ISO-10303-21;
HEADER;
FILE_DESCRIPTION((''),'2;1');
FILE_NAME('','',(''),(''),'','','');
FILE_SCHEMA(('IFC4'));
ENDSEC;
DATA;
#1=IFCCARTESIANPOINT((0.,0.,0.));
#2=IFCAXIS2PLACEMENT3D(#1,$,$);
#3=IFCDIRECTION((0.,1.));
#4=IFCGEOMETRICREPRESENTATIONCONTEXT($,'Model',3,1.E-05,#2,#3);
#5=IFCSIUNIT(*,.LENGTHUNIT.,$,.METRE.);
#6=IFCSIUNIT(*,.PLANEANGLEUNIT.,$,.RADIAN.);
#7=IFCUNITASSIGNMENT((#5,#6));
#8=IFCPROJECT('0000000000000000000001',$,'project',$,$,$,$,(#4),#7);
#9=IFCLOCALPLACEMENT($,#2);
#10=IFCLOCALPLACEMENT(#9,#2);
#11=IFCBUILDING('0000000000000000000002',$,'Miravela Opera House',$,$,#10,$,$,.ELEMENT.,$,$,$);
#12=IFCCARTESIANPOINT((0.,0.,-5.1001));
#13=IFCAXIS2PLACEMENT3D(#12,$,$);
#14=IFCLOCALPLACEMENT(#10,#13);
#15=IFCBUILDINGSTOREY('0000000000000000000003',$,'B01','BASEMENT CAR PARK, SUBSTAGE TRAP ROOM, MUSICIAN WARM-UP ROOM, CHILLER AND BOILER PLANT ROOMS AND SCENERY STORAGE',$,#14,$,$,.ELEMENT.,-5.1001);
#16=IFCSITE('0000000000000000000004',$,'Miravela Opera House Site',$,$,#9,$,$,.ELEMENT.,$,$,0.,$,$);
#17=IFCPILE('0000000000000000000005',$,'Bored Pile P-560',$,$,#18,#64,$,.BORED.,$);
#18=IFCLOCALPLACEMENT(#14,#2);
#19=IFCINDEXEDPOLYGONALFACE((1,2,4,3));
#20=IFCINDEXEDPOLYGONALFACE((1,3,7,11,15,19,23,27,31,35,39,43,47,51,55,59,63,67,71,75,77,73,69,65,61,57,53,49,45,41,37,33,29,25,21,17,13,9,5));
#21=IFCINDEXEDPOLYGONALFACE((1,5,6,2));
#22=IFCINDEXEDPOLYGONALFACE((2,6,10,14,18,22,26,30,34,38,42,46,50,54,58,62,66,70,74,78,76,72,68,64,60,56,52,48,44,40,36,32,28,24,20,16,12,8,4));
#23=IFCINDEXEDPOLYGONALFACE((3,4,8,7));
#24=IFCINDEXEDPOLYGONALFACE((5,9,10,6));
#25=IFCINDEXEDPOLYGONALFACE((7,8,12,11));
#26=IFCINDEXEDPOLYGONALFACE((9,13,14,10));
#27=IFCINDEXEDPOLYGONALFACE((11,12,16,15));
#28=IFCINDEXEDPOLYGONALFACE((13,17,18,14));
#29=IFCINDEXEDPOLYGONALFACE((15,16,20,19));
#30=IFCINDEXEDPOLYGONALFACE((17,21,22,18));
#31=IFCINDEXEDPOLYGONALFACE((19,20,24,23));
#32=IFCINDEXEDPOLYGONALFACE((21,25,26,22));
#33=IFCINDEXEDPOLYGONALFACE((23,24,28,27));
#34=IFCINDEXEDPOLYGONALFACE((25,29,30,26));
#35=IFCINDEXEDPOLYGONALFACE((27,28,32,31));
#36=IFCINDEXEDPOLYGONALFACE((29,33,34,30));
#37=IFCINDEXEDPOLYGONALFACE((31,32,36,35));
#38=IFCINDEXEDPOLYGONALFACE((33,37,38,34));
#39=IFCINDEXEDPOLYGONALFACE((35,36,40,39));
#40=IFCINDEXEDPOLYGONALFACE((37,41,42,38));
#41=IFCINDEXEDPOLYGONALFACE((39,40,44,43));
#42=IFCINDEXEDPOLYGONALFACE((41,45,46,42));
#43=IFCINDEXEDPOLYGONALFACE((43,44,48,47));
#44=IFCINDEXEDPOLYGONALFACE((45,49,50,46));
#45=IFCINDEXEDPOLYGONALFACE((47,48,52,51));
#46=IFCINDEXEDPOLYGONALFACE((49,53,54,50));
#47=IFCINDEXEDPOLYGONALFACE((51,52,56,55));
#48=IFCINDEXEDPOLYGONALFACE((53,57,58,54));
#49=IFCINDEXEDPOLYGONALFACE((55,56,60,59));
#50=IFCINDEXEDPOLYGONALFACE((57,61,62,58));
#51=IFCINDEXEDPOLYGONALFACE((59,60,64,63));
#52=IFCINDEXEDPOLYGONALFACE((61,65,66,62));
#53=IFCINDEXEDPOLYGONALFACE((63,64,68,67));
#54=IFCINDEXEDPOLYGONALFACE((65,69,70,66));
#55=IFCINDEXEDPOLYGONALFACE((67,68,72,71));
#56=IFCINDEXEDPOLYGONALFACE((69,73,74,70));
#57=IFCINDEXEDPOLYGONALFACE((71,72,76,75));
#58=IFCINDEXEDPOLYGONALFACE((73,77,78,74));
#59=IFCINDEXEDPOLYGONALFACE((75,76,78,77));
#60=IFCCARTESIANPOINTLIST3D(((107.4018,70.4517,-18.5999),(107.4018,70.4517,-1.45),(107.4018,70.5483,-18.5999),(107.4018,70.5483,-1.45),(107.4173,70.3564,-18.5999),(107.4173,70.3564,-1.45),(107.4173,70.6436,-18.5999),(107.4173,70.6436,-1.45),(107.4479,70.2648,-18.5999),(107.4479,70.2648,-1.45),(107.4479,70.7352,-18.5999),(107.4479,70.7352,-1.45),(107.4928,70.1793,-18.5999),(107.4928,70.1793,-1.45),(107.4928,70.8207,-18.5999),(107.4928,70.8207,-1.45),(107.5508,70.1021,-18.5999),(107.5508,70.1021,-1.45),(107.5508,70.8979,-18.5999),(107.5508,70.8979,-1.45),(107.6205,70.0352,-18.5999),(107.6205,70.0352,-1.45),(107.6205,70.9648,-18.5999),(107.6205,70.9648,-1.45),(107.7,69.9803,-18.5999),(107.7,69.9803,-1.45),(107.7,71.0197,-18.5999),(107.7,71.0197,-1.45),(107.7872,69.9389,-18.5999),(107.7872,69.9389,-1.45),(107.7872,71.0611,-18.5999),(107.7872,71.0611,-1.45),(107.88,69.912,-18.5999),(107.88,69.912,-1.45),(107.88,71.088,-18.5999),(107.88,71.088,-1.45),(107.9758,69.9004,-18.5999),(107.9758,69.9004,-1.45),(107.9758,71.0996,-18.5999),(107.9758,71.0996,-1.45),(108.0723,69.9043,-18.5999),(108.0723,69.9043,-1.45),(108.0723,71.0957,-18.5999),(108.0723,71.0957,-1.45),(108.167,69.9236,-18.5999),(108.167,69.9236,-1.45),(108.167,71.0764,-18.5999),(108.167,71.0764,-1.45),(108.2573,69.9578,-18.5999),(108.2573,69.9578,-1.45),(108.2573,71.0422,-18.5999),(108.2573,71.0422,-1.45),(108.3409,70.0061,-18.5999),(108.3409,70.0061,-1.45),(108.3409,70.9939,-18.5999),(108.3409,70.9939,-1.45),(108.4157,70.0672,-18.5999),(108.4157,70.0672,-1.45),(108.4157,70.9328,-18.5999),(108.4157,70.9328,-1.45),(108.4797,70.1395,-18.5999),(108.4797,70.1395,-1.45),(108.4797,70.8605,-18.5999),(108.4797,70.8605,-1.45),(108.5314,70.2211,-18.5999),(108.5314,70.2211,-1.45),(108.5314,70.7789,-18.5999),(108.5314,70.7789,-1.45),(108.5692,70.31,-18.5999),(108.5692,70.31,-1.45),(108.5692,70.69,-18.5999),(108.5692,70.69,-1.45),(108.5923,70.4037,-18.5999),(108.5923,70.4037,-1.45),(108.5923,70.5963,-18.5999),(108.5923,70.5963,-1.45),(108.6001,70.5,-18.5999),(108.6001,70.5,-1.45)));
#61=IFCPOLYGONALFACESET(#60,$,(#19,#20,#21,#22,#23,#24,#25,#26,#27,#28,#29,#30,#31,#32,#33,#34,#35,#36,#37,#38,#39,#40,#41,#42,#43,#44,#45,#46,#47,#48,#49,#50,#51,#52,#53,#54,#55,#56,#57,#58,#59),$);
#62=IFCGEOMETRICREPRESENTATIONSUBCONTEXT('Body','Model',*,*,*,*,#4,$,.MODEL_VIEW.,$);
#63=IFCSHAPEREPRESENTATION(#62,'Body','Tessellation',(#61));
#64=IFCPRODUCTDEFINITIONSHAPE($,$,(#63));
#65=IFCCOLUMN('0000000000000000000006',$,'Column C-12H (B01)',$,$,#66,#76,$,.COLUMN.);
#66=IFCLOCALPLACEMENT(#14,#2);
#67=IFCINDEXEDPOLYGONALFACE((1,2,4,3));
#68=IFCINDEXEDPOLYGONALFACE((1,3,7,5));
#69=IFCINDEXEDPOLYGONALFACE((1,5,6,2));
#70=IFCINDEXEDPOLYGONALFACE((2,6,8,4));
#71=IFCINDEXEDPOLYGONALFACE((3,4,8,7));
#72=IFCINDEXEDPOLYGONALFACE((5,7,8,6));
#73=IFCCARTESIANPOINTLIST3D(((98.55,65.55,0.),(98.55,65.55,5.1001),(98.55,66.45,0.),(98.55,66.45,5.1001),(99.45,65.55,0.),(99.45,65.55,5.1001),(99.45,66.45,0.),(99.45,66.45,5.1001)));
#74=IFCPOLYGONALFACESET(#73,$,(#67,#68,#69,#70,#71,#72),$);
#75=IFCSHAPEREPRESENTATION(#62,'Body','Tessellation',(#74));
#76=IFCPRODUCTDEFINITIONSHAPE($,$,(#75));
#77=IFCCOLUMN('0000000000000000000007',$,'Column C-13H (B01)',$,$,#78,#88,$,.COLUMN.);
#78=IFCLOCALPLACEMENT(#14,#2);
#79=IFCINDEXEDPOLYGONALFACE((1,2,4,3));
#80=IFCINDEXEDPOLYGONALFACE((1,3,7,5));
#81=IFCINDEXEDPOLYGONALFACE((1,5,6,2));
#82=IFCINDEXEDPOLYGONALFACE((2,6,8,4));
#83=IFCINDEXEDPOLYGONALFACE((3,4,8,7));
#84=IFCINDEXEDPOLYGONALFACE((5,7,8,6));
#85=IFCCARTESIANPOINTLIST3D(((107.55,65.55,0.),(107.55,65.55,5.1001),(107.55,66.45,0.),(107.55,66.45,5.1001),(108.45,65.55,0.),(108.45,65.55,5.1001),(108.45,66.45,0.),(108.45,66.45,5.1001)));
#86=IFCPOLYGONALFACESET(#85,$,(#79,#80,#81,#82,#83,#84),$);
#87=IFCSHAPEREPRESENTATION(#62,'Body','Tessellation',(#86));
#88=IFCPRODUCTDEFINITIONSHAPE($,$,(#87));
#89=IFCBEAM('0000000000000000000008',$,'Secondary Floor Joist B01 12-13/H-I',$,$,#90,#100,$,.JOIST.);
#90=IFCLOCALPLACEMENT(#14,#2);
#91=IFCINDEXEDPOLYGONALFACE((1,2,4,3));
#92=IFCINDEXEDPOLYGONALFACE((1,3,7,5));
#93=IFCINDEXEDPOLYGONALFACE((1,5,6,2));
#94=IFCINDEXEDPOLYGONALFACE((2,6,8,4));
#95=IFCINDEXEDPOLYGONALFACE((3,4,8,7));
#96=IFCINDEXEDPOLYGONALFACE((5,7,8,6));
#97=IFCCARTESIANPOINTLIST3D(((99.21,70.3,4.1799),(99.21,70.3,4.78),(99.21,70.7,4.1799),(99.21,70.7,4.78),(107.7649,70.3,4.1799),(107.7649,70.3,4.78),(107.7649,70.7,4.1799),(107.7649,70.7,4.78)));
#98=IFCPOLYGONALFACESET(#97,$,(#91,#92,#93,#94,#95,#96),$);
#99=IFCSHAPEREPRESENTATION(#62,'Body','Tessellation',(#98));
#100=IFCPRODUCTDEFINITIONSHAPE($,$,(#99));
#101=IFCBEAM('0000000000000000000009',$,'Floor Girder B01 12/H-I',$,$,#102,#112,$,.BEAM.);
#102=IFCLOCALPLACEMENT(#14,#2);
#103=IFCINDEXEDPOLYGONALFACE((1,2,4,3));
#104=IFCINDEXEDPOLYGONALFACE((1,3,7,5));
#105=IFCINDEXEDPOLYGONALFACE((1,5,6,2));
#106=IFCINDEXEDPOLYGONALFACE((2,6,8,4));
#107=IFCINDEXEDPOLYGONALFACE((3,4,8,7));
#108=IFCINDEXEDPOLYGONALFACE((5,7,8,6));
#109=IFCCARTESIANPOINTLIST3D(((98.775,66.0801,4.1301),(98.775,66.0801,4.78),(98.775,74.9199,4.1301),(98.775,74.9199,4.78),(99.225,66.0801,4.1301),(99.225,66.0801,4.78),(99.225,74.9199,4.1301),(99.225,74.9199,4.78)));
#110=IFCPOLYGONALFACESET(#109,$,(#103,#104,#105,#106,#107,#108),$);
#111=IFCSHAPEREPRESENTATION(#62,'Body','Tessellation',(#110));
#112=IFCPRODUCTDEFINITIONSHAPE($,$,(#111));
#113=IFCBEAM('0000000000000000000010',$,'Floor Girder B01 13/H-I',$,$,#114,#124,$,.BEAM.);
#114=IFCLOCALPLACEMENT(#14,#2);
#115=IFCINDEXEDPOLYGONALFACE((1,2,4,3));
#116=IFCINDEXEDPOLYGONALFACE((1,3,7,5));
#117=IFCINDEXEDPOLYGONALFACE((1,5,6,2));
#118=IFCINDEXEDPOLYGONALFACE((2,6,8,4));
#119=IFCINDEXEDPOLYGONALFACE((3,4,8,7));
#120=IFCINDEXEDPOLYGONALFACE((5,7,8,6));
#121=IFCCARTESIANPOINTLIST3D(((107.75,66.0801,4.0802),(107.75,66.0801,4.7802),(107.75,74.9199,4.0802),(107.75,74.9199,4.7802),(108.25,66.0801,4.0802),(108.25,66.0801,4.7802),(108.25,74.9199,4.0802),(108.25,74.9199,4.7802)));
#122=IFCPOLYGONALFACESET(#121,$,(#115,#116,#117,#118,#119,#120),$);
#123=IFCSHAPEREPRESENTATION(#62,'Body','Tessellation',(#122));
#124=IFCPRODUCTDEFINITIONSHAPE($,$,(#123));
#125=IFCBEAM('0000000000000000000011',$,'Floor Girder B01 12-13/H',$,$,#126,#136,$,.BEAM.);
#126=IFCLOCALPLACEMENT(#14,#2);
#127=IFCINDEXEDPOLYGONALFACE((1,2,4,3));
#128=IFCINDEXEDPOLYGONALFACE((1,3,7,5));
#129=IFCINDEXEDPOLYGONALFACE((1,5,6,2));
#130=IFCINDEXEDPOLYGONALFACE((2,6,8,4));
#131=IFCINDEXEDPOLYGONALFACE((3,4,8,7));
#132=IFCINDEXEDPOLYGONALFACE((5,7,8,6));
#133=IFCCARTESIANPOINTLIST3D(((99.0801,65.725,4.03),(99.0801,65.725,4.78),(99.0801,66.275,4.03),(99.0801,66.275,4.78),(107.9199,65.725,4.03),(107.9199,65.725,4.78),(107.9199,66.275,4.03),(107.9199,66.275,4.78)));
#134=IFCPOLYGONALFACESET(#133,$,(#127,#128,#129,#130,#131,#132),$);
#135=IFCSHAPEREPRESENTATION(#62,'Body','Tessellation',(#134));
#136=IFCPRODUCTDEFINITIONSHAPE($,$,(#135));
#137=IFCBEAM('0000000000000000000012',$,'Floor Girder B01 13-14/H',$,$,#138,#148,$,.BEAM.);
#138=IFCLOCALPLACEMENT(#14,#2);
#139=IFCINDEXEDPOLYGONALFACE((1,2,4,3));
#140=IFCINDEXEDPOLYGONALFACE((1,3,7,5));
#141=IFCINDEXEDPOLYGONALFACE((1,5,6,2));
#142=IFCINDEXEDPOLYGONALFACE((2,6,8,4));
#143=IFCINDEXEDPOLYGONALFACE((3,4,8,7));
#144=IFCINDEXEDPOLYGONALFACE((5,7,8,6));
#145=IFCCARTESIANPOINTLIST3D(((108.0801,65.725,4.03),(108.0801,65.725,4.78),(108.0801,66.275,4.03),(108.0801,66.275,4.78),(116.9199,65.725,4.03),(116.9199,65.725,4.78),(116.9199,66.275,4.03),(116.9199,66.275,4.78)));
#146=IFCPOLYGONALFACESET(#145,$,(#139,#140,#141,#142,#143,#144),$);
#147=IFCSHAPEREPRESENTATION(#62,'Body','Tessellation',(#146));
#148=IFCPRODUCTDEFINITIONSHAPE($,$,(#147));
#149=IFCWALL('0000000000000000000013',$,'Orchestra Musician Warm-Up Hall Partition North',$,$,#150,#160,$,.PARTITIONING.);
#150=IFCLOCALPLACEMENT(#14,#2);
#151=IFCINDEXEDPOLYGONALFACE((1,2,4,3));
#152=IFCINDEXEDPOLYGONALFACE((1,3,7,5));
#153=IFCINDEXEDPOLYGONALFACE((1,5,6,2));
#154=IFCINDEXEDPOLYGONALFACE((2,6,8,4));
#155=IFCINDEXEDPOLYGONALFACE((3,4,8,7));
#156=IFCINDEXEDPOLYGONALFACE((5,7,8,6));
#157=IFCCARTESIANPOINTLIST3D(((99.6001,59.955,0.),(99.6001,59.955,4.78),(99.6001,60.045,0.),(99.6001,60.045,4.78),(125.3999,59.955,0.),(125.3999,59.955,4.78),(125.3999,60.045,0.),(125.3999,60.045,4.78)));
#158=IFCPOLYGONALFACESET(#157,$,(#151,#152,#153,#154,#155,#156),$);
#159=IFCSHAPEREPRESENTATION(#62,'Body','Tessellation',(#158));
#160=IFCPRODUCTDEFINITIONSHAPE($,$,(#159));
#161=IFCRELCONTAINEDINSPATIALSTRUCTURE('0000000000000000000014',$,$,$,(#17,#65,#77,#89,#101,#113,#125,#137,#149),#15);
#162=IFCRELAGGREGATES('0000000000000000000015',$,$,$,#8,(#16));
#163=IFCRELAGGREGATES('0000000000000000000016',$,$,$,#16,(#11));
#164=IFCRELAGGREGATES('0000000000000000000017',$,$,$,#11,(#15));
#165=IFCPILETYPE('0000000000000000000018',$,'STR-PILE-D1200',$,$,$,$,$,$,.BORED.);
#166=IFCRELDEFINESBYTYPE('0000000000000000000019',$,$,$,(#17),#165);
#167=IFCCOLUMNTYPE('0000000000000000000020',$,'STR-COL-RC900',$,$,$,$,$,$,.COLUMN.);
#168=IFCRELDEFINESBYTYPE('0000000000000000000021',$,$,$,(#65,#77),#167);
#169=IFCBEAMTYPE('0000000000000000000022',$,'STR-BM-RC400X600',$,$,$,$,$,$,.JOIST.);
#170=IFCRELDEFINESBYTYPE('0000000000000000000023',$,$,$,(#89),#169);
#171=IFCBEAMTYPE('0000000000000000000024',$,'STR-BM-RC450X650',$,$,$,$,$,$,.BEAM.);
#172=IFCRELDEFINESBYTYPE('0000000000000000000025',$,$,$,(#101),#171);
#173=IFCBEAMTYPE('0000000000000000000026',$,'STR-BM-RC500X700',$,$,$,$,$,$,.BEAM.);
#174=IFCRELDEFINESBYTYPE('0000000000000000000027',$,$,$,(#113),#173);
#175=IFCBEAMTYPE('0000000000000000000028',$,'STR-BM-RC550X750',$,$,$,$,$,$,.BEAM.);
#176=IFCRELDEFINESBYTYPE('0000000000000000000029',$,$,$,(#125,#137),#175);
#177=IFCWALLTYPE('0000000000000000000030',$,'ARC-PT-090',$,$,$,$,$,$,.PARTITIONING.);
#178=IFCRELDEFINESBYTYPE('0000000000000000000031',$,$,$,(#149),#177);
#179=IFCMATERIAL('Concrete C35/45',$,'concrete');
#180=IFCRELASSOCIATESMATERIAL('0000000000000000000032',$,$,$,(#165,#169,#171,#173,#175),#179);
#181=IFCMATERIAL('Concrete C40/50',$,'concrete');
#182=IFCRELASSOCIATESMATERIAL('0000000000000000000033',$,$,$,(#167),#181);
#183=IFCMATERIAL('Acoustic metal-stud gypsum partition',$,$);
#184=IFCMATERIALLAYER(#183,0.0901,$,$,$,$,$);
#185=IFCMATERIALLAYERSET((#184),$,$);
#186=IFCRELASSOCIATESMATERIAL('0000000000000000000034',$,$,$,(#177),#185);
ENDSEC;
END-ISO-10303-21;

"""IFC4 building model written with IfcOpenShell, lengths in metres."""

from ifc_helpers import new_model, si_unit, direction, frame, frame_2d, origin, origin_2d, place, context, subcontext, project, spatial, rectangle, circle, extrude, material, layer, layer_set, material_profile, profile_set, type_object, element, save


model = new_model("IFC4")

# Units and contexts
model_context = context("Model", 3, precision=1e-05, world=origin(), true_north=direction((0.0, 1.0)))
body_context = subcontext(model_context, "Body", "Model", "MODEL_VIEW")
ifc_project = project(units=[si_unit("LENGTHUNIT", "METRE"), si_unit("PLANEANGLEUNIT", "RADIAN")], contexts=[model_context])

# Site, building, storey
site_placement = place(None, origin())
site = spatial("IfcSite", under=ifc_project, at=site_placement, Name="Miravela Opera House Site", CompositionType="ELEMENT", RefElevation=0.0)
building_placement = place(site_placement, origin())
building = spatial("IfcBuilding", under=site, at=building_placement, Name="Miravela Opera House", CompositionType="ELEMENT")
storey_placement = place(building_placement, frame((0.0, 0.0, -5.1001)))
storey = spatial("IfcBuildingStorey", under=building, at=storey_placement, Name="B01", Description="BASEMENT CAR PARK, SUBSTAGE TRAP ROOM, MUSICIAN WARM-UP ROOM, CHILLER AND BOILER PLANT ROOMS AND SCENERY STORAGE", CompositionType="ELEMENT", Elevation=-5.1001)

# Shared definitions
ifc_material_1 = material(Name="Concrete C35/45", Category="concrete")

# Pile
ifc_material_profile_1 = material_profile(ifc_material_1, circle(Radius=0.6001, at=origin_2d()), Name="PILE-D1200")
ifc_profile_set_1 = profile_set([ifc_material_profile_1])
pile_type_1 = type_object("IfcPileType", Name="STR-PILE-D1200", PredefinedType="BORED", material=ifc_profile_set_1)
for number, where, z_axis, x_axis, name in (
    (1, (108.0, 70.5, -1.45), (0.0, 0.0, -1.0), (1.0, 0.0, 0.0), "Bored Pile P-560"),
):
    element("IfcPile", number, at=place(storey_placement, frame(where, z_axis=z_axis, x_axis=x_axis)), inside=storey, type_object=pile_type_1, Name=name, PredefinedType="BORED", context=body_context, shape_type="SweptSolid", body=[
        extrude(circle(Radius=0.6001, at=origin_2d()), origin(), (0.0, 0.0, 1.0), 17.1499),
    ])

# Columns
ifc_material_2 = material(Name="Concrete C40/50", Category="concrete")
ifc_material_profile_2 = material_profile(ifc_material_2, rectangle(XDim=0.8999, YDim=0.8999, at=origin_2d()), Name="RC-COL-900X900")
ifc_profile_set_2 = profile_set([ifc_material_profile_2])
column_type = type_object("IfcColumnType", Name="STR-COL-RC900", PredefinedType="COLUMN", material=ifc_profile_set_2)
for number, where, z_axis, x_axis, name in (
    (2, (99.0, 66.0, 0.0), (0.0, 0.0, 1.0), (1.0, 0.0, 0.0), "Column C-12H (B01)"),
    (3, (108.0, 66.0, 0.0), (0.0, 0.0, 1.0), (1.0, 0.0, 0.0), "Column C-13H (B01)"),
):
    element("IfcColumn", number, at=place(storey_placement, frame(where, z_axis=z_axis, x_axis=x_axis)), inside=storey, type_object=column_type, Name=name, PredefinedType="COLUMN", context=body_context, shape_type="SweptSolid", body=[
        extrude(rectangle(XDim=0.8999, YDim=0.8999, at=origin_2d()), origin(), (0.0, 0.0, 1.0), 5.1001),
    ])

# Beams
ifc_material_profile_3 = material_profile(ifc_material_1, rectangle(XDim=0.3999, YDim=0.6001, at=origin_2d()), Name="RC-BM-400X600")
ifc_profile_set_3 = profile_set([ifc_material_profile_3])
beam_type_1 = type_object("IfcBeamType", Name="STR-BM-RC400X600", PredefinedType="JOIST", material=ifc_profile_set_3)
beam_1_placement = place(storey_placement, frame((99.21, 70.5, 4.48), z_axis=(1.0, 0.0, 0.0), x_axis=(0.0, 1.0, 0.0)))
element("IfcBeam", 4, at=beam_1_placement, inside=storey, type_object=beam_type_1, Name="Secondary Floor Joist B01 12-13/H-I", PredefinedType="JOIST", context=body_context, shape_type="SweptSolid", body=[
    extrude(rectangle(XDim=0.3999, YDim=0.6001, at=origin_2d()), origin(), (0.0, 0.0, 1.0), 8.5549),
])
ifc_material_profile_4 = material_profile(ifc_material_1, rectangle(XDim=0.45, YDim=0.6499, at=origin_2d()), Name="RC-BM-450X650")
ifc_profile_set_4 = profile_set([ifc_material_profile_4])
beam_type_2 = type_object("IfcBeamType", Name="STR-BM-RC450X650", PredefinedType="BEAM", material=ifc_profile_set_4)
beam_2_placement = place(storey_placement, frame((99.0, 66.0801, 4.4551), z_axis=(0.0, 1.0, 0.0), x_axis=(-1.0, 0.0, 0.0)))
element("IfcBeam", 5, at=beam_2_placement, inside=storey, type_object=beam_type_2, Name="Floor Girder B01 12/H-I", PredefinedType="BEAM", context=body_context, shape_type="SweptSolid", body=[
    extrude(rectangle(XDim=0.45, YDim=0.6499, at=origin_2d()), origin(), (0.0, 0.0, 1.0), 8.8398),
])
ifc_material_profile_5 = material_profile(ifc_material_1, rectangle(XDim=0.5, YDim=0.7, at=origin_2d()), Name="RC-BM-500X700")
ifc_profile_set_5 = profile_set([ifc_material_profile_5])
beam_type_3 = type_object("IfcBeamType", Name="STR-BM-RC500X700", PredefinedType="BEAM", material=ifc_profile_set_5)
beam_3_placement = place(storey_placement, frame((108.0, 66.0801, 4.4302), z_axis=(0.0, 1.0, 0.0), x_axis=(-1.0, 0.0, 0.0)))
element("IfcBeam", 6, at=beam_3_placement, inside=storey, type_object=beam_type_3, Name="Floor Girder B01 13/H-I", PredefinedType="BEAM", context=body_context, shape_type="SweptSolid", body=[
    extrude(rectangle(XDim=0.5, YDim=0.7, at=origin_2d()), origin(), (0.0, 0.0, 1.0), 8.8398),
])
ifc_material_profile_6 = material_profile(ifc_material_1, rectangle(XDim=0.55, YDim=0.75, at=origin_2d()), Name="RC-BM-550X750")
ifc_profile_set_6 = profile_set([ifc_material_profile_6])
beam_type_4 = type_object("IfcBeamType", Name="STR-BM-RC550X750", PredefinedType="BEAM", material=ifc_profile_set_6)
for number, where, z_axis, x_axis, name in (
    (7, (99.0801, 66.0, 4.405), (1.0, 0.0, 0.0), (0.0, 1.0, 0.0), "Floor Girder B01 12-13/H"),
    (8, (108.0801, 66.0, 4.405), (1.0, 0.0, 0.0), (0.0, 1.0, 0.0), "Floor Girder B01 13-14/H"),
):
    element("IfcBeam", number, at=place(storey_placement, frame(where, z_axis=z_axis, x_axis=x_axis)), inside=storey, type_object=beam_type_4, Name=name, PredefinedType="BEAM", context=body_context, shape_type="SweptSolid", body=[
        extrude(rectangle(XDim=0.55, YDim=0.75, at=origin_2d()), origin(), (0.0, 0.0, 1.0), 8.8398),
    ])

# Wall
ifc_material_3 = material(Name="Acoustic metal-stud gypsum partition")
ifc_layer_1 = layer(ifc_material_3, 0.0901)
ifc_layer_set_1 = layer_set([ifc_layer_1])
wall_type_1 = type_object("IfcWallType", Name="ARC-PT-090", PredefinedType="PARTITIONING", material=ifc_layer_set_1)
wall_1_placement = place(storey_placement, frame((99.6001, 60.0, 0.0), z_axis=(0.0, 0.0, 1.0), x_axis=(1.0, 0.0, 0.0)))
element("IfcWall", 9, at=wall_1_placement, inside=storey, type_object=wall_type_1, Name="Orchestra Musician Warm-Up Hall Partition North", PredefinedType="PARTITIONING", context=body_context, shape_type="SweptSolid", body=[
    extrude(rectangle(XDim=25.7998, YDim=0.0901, at=frame_2d((12.8999, 0.0))), origin(), (0.0, 0.0, 1.0), 4.78),
])

save(model, "model.ifc")
